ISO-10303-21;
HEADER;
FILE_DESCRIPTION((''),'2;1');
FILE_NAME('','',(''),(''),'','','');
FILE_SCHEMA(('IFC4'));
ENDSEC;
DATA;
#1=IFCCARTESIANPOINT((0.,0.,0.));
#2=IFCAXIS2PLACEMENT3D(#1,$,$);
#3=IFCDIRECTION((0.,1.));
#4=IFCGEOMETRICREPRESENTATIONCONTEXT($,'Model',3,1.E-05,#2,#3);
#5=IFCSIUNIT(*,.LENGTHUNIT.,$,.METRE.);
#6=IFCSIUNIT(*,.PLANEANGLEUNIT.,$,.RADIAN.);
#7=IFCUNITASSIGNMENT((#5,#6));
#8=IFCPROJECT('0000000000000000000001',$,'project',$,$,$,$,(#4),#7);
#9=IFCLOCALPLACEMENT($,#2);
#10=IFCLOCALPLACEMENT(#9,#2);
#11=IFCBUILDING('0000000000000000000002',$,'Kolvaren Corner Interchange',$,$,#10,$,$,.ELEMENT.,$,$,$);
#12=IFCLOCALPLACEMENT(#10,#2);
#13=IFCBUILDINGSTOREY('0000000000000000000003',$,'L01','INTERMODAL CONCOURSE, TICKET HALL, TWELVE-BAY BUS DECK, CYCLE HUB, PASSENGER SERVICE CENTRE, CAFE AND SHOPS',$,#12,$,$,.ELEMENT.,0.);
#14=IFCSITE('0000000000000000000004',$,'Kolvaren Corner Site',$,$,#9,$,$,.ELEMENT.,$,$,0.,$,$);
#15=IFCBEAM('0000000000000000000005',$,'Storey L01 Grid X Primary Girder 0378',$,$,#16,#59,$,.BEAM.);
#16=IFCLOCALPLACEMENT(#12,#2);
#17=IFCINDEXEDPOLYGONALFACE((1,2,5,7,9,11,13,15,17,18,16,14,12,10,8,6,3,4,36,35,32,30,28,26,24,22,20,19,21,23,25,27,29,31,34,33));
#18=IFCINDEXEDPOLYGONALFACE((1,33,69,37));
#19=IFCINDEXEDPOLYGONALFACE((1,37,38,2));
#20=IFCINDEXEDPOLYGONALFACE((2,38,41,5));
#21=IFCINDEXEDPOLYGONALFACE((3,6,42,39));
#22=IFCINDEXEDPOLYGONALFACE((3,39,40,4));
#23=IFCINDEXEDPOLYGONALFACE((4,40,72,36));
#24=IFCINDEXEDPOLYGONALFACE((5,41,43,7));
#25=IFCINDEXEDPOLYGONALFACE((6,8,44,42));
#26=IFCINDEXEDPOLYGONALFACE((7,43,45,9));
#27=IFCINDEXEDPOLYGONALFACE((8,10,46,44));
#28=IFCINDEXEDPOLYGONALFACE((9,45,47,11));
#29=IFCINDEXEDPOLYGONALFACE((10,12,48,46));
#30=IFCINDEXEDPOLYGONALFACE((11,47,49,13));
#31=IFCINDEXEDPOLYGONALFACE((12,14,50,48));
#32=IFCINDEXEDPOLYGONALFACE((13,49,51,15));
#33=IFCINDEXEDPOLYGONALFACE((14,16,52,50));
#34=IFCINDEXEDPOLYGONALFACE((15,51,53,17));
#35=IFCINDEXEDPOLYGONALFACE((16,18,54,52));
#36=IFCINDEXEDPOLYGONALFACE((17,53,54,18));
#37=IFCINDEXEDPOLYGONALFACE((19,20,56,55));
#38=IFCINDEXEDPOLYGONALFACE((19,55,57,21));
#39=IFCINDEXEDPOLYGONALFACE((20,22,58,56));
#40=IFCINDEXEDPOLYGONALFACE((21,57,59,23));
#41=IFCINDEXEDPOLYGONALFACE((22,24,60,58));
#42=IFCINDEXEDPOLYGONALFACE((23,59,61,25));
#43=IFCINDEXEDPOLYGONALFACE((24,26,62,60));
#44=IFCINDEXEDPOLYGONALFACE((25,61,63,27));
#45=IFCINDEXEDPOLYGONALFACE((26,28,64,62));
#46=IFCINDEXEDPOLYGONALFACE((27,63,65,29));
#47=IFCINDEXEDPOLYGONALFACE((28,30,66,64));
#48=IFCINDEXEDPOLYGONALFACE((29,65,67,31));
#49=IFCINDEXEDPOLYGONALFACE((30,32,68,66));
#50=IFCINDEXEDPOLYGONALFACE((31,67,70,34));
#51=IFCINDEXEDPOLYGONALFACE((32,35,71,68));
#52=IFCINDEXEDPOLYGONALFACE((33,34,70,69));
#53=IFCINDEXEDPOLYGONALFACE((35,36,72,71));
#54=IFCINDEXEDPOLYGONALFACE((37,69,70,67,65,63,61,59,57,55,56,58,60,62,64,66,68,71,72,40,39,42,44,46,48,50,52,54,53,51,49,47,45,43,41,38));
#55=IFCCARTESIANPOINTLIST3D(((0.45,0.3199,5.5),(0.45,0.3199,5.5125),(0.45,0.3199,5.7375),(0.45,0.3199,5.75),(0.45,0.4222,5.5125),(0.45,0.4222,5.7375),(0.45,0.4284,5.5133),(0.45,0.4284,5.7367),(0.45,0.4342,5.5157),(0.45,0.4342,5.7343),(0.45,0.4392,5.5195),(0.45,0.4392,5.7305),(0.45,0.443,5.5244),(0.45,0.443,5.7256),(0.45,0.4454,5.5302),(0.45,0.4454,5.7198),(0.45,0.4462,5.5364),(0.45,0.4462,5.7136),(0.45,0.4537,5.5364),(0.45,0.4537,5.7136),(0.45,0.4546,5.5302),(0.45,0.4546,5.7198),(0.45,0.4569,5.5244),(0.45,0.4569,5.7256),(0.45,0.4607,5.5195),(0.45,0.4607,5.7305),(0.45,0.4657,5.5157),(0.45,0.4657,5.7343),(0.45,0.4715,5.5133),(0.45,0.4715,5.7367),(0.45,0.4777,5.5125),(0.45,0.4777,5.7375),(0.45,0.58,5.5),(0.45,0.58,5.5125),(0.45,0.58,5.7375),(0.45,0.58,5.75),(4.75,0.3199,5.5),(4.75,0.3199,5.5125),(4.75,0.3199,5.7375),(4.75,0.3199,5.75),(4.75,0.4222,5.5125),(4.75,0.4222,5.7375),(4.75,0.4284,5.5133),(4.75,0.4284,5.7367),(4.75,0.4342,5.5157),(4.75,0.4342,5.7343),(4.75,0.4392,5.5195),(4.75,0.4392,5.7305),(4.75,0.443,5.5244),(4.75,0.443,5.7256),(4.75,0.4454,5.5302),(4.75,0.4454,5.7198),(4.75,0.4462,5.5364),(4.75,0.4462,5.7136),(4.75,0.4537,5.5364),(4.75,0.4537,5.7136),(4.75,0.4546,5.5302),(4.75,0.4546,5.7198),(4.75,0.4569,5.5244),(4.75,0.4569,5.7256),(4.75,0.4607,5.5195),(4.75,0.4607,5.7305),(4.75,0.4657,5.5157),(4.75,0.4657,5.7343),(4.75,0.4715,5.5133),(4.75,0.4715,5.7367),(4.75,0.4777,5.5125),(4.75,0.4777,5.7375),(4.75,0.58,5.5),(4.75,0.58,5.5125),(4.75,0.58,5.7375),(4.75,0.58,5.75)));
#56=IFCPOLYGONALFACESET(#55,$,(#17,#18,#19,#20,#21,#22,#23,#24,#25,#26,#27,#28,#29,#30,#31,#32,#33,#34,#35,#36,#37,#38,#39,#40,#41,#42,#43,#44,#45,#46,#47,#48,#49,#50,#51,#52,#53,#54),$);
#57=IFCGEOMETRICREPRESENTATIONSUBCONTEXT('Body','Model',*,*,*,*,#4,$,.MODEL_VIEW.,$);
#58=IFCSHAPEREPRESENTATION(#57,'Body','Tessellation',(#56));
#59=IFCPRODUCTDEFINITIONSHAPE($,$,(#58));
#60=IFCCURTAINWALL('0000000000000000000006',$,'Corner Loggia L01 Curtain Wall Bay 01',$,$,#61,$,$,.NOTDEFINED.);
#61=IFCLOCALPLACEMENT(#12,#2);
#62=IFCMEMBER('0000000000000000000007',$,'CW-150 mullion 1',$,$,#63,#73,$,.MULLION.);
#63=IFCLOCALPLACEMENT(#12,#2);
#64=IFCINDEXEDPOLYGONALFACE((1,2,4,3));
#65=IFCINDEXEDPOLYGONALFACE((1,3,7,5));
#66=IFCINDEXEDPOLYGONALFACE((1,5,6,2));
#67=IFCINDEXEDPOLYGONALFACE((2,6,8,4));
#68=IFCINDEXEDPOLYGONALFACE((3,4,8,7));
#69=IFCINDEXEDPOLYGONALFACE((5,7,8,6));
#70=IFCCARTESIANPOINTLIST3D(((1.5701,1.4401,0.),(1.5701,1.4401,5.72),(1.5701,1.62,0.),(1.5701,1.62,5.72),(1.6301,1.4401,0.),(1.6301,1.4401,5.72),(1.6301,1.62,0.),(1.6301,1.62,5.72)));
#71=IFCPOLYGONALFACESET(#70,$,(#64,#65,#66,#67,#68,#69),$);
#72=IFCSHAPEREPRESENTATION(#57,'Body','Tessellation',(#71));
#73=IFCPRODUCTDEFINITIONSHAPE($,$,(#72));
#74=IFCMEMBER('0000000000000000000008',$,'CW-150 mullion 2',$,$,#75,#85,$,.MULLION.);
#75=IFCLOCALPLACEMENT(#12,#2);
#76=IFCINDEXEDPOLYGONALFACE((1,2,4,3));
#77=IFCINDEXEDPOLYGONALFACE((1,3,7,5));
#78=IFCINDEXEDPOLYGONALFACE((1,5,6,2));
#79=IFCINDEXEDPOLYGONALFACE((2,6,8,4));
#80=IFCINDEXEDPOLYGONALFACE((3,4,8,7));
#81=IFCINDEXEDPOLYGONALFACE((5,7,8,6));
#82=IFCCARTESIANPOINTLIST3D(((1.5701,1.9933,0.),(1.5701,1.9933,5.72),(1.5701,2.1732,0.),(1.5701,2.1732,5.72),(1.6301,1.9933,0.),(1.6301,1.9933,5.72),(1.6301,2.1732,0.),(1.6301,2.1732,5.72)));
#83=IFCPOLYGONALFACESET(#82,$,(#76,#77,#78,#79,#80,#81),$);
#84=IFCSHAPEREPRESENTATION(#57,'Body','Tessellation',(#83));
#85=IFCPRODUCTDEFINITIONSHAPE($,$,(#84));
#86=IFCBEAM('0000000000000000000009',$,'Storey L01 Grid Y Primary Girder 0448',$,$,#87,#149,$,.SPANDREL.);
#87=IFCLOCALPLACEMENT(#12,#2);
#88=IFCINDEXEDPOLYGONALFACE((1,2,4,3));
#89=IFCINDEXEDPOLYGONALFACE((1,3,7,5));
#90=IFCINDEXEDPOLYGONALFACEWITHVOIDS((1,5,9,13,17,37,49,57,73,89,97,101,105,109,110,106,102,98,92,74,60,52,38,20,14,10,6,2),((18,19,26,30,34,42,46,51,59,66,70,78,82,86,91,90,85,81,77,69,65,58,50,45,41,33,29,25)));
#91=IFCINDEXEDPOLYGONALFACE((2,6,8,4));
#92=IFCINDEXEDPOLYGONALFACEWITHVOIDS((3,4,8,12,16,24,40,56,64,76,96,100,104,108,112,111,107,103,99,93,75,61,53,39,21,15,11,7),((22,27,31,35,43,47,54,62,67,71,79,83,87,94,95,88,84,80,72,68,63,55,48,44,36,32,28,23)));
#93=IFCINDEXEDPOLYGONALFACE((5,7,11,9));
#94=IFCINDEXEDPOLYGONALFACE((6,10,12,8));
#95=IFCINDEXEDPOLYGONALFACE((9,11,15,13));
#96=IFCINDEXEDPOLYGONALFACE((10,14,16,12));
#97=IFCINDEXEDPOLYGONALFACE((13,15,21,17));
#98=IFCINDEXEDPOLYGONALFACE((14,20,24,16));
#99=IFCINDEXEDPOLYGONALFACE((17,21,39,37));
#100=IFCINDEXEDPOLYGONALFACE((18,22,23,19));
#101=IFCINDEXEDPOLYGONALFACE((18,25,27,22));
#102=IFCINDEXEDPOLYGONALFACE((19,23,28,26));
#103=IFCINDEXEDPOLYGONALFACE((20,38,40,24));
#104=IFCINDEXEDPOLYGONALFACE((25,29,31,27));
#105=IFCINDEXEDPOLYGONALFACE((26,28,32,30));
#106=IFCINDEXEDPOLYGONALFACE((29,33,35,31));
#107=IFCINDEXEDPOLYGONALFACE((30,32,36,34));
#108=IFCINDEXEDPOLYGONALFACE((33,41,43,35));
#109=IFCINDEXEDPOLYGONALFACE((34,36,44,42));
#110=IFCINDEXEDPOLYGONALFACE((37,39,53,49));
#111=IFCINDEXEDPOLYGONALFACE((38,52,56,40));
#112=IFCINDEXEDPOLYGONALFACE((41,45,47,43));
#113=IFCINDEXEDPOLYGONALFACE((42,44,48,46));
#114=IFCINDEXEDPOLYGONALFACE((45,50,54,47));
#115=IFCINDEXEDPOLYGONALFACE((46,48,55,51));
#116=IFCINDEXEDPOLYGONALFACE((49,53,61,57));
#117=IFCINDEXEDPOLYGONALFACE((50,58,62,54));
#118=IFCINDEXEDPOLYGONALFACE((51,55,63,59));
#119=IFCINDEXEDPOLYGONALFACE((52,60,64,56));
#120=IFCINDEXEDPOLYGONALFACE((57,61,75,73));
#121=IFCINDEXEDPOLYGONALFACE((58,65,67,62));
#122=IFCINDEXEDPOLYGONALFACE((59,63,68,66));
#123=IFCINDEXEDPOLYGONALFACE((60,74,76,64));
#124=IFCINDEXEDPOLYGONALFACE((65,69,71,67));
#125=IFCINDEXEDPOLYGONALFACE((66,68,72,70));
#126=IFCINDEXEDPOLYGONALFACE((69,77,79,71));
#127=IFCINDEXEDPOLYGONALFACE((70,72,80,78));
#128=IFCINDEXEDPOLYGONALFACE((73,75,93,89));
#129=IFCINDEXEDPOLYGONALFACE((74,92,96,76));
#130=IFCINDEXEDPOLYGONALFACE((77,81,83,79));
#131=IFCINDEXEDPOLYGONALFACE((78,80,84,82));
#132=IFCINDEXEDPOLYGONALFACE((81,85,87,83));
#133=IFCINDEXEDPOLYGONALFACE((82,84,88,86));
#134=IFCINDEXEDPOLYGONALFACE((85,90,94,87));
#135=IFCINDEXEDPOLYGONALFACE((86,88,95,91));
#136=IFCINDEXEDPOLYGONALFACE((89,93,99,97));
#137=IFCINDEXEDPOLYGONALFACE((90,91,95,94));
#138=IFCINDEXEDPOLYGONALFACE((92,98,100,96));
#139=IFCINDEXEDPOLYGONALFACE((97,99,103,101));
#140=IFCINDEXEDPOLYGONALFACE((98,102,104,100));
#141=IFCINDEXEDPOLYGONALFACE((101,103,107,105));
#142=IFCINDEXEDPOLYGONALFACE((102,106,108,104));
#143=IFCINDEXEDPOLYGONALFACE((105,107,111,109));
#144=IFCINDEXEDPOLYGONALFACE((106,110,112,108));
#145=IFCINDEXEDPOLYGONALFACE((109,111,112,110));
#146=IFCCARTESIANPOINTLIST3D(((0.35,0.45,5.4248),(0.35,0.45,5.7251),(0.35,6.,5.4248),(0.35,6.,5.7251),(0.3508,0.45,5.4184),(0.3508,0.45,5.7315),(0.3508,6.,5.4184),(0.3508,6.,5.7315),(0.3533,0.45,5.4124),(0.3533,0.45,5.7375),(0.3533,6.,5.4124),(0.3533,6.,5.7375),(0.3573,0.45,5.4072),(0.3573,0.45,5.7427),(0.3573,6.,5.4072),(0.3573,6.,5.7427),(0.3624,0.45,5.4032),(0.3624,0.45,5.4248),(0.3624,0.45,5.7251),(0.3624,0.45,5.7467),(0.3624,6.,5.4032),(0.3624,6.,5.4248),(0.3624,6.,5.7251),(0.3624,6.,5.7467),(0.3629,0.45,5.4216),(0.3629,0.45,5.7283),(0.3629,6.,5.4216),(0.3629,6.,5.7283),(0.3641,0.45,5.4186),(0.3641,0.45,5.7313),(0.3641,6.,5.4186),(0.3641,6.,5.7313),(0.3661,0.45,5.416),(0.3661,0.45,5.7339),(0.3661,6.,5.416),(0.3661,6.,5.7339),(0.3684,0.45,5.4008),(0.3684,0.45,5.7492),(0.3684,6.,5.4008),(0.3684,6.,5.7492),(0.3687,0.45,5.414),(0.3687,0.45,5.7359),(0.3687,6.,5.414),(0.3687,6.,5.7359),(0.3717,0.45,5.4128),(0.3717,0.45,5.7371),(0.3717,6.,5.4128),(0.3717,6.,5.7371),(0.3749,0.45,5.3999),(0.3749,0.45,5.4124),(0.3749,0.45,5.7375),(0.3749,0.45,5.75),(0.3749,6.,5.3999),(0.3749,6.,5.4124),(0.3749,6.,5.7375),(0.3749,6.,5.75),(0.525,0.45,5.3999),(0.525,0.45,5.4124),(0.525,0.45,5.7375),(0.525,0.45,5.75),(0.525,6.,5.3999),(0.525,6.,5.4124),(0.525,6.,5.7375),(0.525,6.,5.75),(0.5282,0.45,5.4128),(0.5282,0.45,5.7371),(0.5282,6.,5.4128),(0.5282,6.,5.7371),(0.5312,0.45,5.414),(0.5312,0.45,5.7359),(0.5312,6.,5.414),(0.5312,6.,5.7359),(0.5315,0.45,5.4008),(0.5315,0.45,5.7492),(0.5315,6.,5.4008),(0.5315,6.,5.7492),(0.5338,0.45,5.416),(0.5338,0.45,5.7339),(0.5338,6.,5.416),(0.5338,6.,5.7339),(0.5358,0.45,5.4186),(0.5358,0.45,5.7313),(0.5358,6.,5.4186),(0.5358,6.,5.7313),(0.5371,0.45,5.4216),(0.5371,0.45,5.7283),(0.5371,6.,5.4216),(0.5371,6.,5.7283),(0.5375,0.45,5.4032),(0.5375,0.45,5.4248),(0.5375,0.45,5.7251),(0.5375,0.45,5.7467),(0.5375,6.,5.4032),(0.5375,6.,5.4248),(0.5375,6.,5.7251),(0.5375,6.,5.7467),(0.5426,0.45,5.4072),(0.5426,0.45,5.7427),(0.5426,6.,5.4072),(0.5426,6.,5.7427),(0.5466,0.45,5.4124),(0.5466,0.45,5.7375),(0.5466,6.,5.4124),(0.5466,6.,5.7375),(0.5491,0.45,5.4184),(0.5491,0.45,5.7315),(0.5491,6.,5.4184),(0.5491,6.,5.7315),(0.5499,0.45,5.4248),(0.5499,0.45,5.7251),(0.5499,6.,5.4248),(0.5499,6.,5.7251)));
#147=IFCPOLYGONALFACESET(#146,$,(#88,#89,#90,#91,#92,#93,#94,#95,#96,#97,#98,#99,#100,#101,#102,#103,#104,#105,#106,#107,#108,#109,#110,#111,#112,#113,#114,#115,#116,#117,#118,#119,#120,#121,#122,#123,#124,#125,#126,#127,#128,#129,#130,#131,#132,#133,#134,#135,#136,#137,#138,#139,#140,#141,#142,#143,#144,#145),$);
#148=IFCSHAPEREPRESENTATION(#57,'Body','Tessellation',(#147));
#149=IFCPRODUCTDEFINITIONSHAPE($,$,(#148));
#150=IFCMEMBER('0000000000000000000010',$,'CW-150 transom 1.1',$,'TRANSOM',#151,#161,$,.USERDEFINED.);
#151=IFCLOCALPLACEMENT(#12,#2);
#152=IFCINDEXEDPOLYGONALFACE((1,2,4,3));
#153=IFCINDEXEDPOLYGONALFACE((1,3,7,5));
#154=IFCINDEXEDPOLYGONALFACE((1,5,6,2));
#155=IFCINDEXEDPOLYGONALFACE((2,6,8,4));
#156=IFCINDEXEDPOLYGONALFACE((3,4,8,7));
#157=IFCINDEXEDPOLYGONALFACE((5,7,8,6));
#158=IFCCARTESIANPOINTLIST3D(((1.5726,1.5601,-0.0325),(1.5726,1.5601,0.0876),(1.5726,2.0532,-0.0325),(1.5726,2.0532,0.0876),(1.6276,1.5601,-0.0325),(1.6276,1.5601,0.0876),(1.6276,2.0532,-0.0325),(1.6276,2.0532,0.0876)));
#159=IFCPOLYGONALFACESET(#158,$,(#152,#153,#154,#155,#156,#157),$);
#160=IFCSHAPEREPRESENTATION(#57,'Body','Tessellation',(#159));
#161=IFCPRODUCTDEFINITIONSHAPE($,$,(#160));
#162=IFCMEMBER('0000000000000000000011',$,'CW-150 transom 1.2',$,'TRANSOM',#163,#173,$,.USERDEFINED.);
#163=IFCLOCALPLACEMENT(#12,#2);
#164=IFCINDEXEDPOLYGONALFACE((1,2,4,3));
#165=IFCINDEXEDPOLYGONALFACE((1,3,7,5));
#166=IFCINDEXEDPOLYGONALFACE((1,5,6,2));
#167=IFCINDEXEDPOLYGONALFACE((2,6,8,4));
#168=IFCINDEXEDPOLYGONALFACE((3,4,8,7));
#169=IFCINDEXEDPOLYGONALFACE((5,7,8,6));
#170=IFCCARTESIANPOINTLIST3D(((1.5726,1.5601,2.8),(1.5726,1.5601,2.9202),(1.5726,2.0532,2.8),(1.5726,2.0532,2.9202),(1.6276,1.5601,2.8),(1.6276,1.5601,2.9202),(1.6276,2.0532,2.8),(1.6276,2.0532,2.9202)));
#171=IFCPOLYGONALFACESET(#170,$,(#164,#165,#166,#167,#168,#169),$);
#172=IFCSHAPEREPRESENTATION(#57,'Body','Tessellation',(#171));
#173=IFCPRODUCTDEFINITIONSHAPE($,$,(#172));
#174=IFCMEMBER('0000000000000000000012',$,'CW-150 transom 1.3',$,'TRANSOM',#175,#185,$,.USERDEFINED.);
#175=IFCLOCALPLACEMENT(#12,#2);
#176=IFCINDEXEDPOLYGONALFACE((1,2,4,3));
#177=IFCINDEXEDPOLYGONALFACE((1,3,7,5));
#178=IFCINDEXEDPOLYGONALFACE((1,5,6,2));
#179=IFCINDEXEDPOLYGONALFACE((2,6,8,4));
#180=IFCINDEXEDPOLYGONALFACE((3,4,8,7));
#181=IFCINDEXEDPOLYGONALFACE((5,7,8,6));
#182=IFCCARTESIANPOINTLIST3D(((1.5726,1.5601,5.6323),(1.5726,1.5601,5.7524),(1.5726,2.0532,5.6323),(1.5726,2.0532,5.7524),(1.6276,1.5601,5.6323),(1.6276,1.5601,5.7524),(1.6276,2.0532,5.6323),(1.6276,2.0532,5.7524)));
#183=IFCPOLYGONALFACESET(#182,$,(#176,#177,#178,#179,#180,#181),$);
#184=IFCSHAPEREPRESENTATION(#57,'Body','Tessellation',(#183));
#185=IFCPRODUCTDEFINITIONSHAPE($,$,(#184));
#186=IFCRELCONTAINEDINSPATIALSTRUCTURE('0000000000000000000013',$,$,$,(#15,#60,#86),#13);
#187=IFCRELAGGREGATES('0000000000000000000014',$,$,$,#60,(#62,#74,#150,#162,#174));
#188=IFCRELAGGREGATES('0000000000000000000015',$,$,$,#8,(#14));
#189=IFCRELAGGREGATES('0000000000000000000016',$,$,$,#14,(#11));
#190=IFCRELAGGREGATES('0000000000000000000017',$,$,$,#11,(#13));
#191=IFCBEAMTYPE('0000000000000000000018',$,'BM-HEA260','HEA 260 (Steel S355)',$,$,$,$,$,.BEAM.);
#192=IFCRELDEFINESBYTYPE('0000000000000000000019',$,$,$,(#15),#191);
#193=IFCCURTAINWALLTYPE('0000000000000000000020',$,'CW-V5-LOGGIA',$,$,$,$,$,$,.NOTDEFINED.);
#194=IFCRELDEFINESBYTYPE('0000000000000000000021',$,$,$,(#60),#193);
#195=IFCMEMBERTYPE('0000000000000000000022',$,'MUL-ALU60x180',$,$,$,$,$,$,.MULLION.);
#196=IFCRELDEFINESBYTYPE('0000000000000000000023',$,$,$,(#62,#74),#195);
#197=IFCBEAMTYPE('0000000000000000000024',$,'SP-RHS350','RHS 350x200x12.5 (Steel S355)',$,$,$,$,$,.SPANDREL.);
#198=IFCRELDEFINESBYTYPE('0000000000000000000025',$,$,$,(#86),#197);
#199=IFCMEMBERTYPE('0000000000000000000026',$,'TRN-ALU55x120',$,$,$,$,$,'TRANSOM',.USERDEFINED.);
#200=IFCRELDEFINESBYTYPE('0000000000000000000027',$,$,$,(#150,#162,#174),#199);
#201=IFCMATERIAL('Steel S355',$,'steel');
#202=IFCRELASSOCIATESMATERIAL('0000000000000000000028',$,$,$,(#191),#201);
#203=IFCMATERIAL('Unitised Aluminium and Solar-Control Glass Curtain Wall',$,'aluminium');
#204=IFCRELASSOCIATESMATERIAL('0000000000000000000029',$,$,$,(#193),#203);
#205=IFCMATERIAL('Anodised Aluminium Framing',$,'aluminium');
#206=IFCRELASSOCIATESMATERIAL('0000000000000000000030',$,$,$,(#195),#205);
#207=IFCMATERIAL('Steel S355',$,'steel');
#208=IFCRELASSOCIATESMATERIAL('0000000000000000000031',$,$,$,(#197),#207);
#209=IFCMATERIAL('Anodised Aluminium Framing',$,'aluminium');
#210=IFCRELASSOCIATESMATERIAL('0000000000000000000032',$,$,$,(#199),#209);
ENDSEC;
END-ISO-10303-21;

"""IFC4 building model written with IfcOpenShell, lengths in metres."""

from ifc_helpers import new_model, si_unit, direction, frame, origin, origin_2d, place, context, subcontext, project, spatial, rectangle, hollow_rectangle, i_section, extrude, material, material_profile, profile_set, type_object, element, aggregate, save


model = new_model("IFC4")

# Units and contexts
model_context = context("Model", 3, precision=1e-05, world=origin(), true_north=direction((0.0, 1.0)))
body_context = subcontext(model_context, "Body", "Model", "MODEL_VIEW")
ifc_project = project(units=[si_unit("LENGTHUNIT", "METRE"), si_unit("PLANEANGLEUNIT", "RADIAN")], contexts=[model_context])

# Site, building, storey
site_placement = place(None, origin())
site = spatial("IfcSite", under=ifc_project, at=site_placement, Name="Kolvaren Corner Site", CompositionType="ELEMENT", RefElevation=0.0)
building_placement = place(site_placement, origin())
building = spatial("IfcBuilding", under=site, at=building_placement, Name="Kolvaren Corner Interchange", CompositionType="ELEMENT")
storey_placement = place(building_placement, origin())
storey = spatial("IfcBuildingStorey", under=building, at=storey_placement, Name="L01", Description="INTERMODAL CONCOURSE, TICKET HALL, TWELVE-BAY BUS DECK, CYCLE HUB, PASSENGER SERVICE CENTRE, CAFE AND SHOPS", CompositionType="ELEMENT", Elevation=0.0)

# Beam
ifc_material_1 = material(Name="Steel S355", Category="steel")
ifc_material_profile_1 = material_profile(ifc_material_1, i_section(OverallWidth=0.26, OverallDepth=0.25, WebThickness=0.0076, FlangeThickness=0.0125, FilletRadius=0.0239, at=origin_2d()), Name="HEA 260")
ifc_profile_set_1 = profile_set([ifc_material_profile_1], Name="Steel S355")
beam_type_1 = type_object("IfcBeamType", Name="BM-HEA260", Description="HEA 260 (Steel S355)", PredefinedType="BEAM", material=ifc_profile_set_1)
beam_1_placement = place(storey_placement, frame((0.45, 0.45, 5.625), z_axis=(1.0, 0.0, 0.0), x_axis=(0.0, 1.0, 0.0)))
element("IfcBeam", 1, at=beam_1_placement, inside=storey, type_object=beam_type_1, Name="Storey L01 Grid X Primary Girder 0378", PredefinedType="BEAM", context=body_context, shape_type="SweptSolid", body=[
    extrude(i_section(OverallWidth=0.26, OverallDepth=0.25, WebThickness=0.0076, FlangeThickness=0.0125, FilletRadius=0.0239, at=origin_2d()), origin(), (0.0, 0.0, 1.0), 4.3),
])

# Curtain wall, members
ifc_material_2 = material(Name="Unitised Aluminium and Solar-Control Glass Curtain Wall", Category="aluminium")
curtain_wall_type = type_object("IfcCurtainWallType", Name="CW-V5-LOGGIA", PredefinedType="NOTDEFINED", material=ifc_material_2)
curtain_wall_placement = place(storey_placement, origin())
curtain_wall = element("IfcCurtainWall", 2, at=curtain_wall_placement, inside=storey, type_object=curtain_wall_type, Name="Corner Loggia L01 Curtain Wall Bay 01", PredefinedType="NOTDEFINED")
ifc_material_3 = material(Name="Anodised Aluminium Framing", Category="aluminium")
ifc_material_profile_2 = material_profile(ifc_material_3, rectangle(XDim=0.0601, YDim=0.1799, at=origin_2d()), Name="ALU 60x180")
ifc_profile_set_2 = profile_set([ifc_material_profile_2], Name="Anodised Aluminium Framing")
member_type_1 = type_object("IfcMemberType", Name="MUL-ALU60x180", PredefinedType="MULLION", material=ifc_profile_set_2)
member_1_placement = place(storey_placement, frame((1.6001, 1.53, 0.0), z_axis=(0.0, 0.0, 1.0), x_axis=(-1.0, 0.0, 0.0)))
member_1 = element("IfcMember", 3, at=member_1_placement, type_object=member_type_1, Name="CW-150 mullion 1", PredefinedType="MULLION", context=body_context, shape_type="SweptSolid", body=[
    extrude(rectangle(XDim=0.0601, YDim=0.1799, at=origin_2d()), origin(), (0.0, 0.0, 1.0), 5.72),
])
member_2_placement = place(storey_placement, frame((1.6001, 2.0833, 0.0), z_axis=(0.0, 0.0, 1.0), x_axis=(-1.0, 0.0, 0.0)))
member_2 = element("IfcMember", 4, at=member_2_placement, type_object=member_type_1, Name="CW-150 mullion 2", PredefinedType="MULLION", context=body_context, shape_type="SweptSolid", body=[
    extrude(rectangle(XDim=0.0601, YDim=0.1799, at=origin_2d()), origin(), (0.0, 0.0, 1.0), 5.72),
])

# Beam
ifc_material_4 = material(Name="Steel S355", Category="steel")
ifc_material_profile_3 = material_profile(ifc_material_4, hollow_rectangle(XDim=0.2, YDim=0.3501, WallThickness=0.0125, InnerFilletRadius=0.0125, OuterFilletRadius=0.0249, at=origin_2d()), Name="RHS 350x200x12.5")
ifc_profile_set_3 = profile_set([ifc_material_profile_3], Name="Steel S355")
beam_type_2 = type_object("IfcBeamType", Name="SP-RHS350", Description="RHS 350x200x12.5 (Steel S355)", PredefinedType="SPANDREL", material=ifc_profile_set_3)
beam_2_placement = place(storey_placement, frame((0.45, 0.45, 5.575), z_axis=(0.0, 1.0, 0.0), x_axis=(-1.0, 0.0, 0.0)))
element("IfcBeam", 5, at=beam_2_placement, inside=storey, type_object=beam_type_2, Name="Storey L01 Grid Y Primary Girder 0448", PredefinedType="SPANDREL", context=body_context, shape_type="SweptSolid", body=[
    extrude(hollow_rectangle(XDim=0.2, YDim=0.3501, WallThickness=0.0125, InnerFilletRadius=0.0125, OuterFilletRadius=0.0249, at=origin_2d()), origin(), (0.0, 0.0, 1.0), 5.55),
])

# Members
ifc_material_5 = material(Name="Anodised Aluminium Framing", Category="aluminium")
ifc_material_profile_4 = material_profile(ifc_material_5, rectangle(XDim=0.0549, YDim=0.1201, at=origin_2d()), Name="ALU 55x120")
ifc_profile_set_4 = profile_set([ifc_material_profile_4], Name="Anodised Aluminium Framing")
member_type_2 = type_object("IfcMemberType", Name="TRN-ALU55x120", ElementType="TRANSOM", PredefinedType="USERDEFINED", material=ifc_profile_set_4)
member_3_placement = place(storey_placement, frame((1.6001, 1.5601, 0.0276), z_axis=(0.0, 1.0, 0.0), x_axis=(-1.0, 0.0, 0.0)))
member_3 = element("IfcMember", 6, at=member_3_placement, type_object=member_type_2, Name="CW-150 transom 1.1", ObjectType="TRANSOM", PredefinedType="USERDEFINED", context=body_context, shape_type="SweptSolid", body=[
    extrude(rectangle(XDim=0.0549, YDim=0.1201, at=origin_2d()), origin(), (0.0, 0.0, 1.0), 0.4932),
])
member_4_placement = place(storey_placement, frame((1.6001, 1.5601, 2.8601), z_axis=(0.0, 1.0, 0.0), x_axis=(-1.0, 0.0, 0.0)))
member_4 = element("IfcMember", 7, at=member_4_placement, type_object=member_type_2, Name="CW-150 transom 1.2", ObjectType="TRANSOM", PredefinedType="USERDEFINED", context=body_context, shape_type="SweptSolid", body=[
    extrude(rectangle(XDim=0.0549, YDim=0.1201, at=origin_2d()), origin(), (0.0, 0.0, 1.0), 0.4932),
])
member_5_placement = place(storey_placement, frame((1.6001, 1.5601, 5.6924), z_axis=(0.0, 1.0, 0.0), x_axis=(-1.0, 0.0, 0.0)))
member_5 = element("IfcMember", 8, at=member_5_placement, type_object=member_type_2, Name="CW-150 transom 1.3", ObjectType="TRANSOM", PredefinedType="USERDEFINED", context=body_context, shape_type="SweptSolid", body=[
    extrude(rectangle(XDim=0.0549, YDim=0.1201, at=origin_2d()), origin(), (0.0, 0.0, 1.0), 0.4932),
])

aggregate(curtain_wall, [member_1, member_2, member_3, member_4, member_5])

save(model, "model.ifc")
